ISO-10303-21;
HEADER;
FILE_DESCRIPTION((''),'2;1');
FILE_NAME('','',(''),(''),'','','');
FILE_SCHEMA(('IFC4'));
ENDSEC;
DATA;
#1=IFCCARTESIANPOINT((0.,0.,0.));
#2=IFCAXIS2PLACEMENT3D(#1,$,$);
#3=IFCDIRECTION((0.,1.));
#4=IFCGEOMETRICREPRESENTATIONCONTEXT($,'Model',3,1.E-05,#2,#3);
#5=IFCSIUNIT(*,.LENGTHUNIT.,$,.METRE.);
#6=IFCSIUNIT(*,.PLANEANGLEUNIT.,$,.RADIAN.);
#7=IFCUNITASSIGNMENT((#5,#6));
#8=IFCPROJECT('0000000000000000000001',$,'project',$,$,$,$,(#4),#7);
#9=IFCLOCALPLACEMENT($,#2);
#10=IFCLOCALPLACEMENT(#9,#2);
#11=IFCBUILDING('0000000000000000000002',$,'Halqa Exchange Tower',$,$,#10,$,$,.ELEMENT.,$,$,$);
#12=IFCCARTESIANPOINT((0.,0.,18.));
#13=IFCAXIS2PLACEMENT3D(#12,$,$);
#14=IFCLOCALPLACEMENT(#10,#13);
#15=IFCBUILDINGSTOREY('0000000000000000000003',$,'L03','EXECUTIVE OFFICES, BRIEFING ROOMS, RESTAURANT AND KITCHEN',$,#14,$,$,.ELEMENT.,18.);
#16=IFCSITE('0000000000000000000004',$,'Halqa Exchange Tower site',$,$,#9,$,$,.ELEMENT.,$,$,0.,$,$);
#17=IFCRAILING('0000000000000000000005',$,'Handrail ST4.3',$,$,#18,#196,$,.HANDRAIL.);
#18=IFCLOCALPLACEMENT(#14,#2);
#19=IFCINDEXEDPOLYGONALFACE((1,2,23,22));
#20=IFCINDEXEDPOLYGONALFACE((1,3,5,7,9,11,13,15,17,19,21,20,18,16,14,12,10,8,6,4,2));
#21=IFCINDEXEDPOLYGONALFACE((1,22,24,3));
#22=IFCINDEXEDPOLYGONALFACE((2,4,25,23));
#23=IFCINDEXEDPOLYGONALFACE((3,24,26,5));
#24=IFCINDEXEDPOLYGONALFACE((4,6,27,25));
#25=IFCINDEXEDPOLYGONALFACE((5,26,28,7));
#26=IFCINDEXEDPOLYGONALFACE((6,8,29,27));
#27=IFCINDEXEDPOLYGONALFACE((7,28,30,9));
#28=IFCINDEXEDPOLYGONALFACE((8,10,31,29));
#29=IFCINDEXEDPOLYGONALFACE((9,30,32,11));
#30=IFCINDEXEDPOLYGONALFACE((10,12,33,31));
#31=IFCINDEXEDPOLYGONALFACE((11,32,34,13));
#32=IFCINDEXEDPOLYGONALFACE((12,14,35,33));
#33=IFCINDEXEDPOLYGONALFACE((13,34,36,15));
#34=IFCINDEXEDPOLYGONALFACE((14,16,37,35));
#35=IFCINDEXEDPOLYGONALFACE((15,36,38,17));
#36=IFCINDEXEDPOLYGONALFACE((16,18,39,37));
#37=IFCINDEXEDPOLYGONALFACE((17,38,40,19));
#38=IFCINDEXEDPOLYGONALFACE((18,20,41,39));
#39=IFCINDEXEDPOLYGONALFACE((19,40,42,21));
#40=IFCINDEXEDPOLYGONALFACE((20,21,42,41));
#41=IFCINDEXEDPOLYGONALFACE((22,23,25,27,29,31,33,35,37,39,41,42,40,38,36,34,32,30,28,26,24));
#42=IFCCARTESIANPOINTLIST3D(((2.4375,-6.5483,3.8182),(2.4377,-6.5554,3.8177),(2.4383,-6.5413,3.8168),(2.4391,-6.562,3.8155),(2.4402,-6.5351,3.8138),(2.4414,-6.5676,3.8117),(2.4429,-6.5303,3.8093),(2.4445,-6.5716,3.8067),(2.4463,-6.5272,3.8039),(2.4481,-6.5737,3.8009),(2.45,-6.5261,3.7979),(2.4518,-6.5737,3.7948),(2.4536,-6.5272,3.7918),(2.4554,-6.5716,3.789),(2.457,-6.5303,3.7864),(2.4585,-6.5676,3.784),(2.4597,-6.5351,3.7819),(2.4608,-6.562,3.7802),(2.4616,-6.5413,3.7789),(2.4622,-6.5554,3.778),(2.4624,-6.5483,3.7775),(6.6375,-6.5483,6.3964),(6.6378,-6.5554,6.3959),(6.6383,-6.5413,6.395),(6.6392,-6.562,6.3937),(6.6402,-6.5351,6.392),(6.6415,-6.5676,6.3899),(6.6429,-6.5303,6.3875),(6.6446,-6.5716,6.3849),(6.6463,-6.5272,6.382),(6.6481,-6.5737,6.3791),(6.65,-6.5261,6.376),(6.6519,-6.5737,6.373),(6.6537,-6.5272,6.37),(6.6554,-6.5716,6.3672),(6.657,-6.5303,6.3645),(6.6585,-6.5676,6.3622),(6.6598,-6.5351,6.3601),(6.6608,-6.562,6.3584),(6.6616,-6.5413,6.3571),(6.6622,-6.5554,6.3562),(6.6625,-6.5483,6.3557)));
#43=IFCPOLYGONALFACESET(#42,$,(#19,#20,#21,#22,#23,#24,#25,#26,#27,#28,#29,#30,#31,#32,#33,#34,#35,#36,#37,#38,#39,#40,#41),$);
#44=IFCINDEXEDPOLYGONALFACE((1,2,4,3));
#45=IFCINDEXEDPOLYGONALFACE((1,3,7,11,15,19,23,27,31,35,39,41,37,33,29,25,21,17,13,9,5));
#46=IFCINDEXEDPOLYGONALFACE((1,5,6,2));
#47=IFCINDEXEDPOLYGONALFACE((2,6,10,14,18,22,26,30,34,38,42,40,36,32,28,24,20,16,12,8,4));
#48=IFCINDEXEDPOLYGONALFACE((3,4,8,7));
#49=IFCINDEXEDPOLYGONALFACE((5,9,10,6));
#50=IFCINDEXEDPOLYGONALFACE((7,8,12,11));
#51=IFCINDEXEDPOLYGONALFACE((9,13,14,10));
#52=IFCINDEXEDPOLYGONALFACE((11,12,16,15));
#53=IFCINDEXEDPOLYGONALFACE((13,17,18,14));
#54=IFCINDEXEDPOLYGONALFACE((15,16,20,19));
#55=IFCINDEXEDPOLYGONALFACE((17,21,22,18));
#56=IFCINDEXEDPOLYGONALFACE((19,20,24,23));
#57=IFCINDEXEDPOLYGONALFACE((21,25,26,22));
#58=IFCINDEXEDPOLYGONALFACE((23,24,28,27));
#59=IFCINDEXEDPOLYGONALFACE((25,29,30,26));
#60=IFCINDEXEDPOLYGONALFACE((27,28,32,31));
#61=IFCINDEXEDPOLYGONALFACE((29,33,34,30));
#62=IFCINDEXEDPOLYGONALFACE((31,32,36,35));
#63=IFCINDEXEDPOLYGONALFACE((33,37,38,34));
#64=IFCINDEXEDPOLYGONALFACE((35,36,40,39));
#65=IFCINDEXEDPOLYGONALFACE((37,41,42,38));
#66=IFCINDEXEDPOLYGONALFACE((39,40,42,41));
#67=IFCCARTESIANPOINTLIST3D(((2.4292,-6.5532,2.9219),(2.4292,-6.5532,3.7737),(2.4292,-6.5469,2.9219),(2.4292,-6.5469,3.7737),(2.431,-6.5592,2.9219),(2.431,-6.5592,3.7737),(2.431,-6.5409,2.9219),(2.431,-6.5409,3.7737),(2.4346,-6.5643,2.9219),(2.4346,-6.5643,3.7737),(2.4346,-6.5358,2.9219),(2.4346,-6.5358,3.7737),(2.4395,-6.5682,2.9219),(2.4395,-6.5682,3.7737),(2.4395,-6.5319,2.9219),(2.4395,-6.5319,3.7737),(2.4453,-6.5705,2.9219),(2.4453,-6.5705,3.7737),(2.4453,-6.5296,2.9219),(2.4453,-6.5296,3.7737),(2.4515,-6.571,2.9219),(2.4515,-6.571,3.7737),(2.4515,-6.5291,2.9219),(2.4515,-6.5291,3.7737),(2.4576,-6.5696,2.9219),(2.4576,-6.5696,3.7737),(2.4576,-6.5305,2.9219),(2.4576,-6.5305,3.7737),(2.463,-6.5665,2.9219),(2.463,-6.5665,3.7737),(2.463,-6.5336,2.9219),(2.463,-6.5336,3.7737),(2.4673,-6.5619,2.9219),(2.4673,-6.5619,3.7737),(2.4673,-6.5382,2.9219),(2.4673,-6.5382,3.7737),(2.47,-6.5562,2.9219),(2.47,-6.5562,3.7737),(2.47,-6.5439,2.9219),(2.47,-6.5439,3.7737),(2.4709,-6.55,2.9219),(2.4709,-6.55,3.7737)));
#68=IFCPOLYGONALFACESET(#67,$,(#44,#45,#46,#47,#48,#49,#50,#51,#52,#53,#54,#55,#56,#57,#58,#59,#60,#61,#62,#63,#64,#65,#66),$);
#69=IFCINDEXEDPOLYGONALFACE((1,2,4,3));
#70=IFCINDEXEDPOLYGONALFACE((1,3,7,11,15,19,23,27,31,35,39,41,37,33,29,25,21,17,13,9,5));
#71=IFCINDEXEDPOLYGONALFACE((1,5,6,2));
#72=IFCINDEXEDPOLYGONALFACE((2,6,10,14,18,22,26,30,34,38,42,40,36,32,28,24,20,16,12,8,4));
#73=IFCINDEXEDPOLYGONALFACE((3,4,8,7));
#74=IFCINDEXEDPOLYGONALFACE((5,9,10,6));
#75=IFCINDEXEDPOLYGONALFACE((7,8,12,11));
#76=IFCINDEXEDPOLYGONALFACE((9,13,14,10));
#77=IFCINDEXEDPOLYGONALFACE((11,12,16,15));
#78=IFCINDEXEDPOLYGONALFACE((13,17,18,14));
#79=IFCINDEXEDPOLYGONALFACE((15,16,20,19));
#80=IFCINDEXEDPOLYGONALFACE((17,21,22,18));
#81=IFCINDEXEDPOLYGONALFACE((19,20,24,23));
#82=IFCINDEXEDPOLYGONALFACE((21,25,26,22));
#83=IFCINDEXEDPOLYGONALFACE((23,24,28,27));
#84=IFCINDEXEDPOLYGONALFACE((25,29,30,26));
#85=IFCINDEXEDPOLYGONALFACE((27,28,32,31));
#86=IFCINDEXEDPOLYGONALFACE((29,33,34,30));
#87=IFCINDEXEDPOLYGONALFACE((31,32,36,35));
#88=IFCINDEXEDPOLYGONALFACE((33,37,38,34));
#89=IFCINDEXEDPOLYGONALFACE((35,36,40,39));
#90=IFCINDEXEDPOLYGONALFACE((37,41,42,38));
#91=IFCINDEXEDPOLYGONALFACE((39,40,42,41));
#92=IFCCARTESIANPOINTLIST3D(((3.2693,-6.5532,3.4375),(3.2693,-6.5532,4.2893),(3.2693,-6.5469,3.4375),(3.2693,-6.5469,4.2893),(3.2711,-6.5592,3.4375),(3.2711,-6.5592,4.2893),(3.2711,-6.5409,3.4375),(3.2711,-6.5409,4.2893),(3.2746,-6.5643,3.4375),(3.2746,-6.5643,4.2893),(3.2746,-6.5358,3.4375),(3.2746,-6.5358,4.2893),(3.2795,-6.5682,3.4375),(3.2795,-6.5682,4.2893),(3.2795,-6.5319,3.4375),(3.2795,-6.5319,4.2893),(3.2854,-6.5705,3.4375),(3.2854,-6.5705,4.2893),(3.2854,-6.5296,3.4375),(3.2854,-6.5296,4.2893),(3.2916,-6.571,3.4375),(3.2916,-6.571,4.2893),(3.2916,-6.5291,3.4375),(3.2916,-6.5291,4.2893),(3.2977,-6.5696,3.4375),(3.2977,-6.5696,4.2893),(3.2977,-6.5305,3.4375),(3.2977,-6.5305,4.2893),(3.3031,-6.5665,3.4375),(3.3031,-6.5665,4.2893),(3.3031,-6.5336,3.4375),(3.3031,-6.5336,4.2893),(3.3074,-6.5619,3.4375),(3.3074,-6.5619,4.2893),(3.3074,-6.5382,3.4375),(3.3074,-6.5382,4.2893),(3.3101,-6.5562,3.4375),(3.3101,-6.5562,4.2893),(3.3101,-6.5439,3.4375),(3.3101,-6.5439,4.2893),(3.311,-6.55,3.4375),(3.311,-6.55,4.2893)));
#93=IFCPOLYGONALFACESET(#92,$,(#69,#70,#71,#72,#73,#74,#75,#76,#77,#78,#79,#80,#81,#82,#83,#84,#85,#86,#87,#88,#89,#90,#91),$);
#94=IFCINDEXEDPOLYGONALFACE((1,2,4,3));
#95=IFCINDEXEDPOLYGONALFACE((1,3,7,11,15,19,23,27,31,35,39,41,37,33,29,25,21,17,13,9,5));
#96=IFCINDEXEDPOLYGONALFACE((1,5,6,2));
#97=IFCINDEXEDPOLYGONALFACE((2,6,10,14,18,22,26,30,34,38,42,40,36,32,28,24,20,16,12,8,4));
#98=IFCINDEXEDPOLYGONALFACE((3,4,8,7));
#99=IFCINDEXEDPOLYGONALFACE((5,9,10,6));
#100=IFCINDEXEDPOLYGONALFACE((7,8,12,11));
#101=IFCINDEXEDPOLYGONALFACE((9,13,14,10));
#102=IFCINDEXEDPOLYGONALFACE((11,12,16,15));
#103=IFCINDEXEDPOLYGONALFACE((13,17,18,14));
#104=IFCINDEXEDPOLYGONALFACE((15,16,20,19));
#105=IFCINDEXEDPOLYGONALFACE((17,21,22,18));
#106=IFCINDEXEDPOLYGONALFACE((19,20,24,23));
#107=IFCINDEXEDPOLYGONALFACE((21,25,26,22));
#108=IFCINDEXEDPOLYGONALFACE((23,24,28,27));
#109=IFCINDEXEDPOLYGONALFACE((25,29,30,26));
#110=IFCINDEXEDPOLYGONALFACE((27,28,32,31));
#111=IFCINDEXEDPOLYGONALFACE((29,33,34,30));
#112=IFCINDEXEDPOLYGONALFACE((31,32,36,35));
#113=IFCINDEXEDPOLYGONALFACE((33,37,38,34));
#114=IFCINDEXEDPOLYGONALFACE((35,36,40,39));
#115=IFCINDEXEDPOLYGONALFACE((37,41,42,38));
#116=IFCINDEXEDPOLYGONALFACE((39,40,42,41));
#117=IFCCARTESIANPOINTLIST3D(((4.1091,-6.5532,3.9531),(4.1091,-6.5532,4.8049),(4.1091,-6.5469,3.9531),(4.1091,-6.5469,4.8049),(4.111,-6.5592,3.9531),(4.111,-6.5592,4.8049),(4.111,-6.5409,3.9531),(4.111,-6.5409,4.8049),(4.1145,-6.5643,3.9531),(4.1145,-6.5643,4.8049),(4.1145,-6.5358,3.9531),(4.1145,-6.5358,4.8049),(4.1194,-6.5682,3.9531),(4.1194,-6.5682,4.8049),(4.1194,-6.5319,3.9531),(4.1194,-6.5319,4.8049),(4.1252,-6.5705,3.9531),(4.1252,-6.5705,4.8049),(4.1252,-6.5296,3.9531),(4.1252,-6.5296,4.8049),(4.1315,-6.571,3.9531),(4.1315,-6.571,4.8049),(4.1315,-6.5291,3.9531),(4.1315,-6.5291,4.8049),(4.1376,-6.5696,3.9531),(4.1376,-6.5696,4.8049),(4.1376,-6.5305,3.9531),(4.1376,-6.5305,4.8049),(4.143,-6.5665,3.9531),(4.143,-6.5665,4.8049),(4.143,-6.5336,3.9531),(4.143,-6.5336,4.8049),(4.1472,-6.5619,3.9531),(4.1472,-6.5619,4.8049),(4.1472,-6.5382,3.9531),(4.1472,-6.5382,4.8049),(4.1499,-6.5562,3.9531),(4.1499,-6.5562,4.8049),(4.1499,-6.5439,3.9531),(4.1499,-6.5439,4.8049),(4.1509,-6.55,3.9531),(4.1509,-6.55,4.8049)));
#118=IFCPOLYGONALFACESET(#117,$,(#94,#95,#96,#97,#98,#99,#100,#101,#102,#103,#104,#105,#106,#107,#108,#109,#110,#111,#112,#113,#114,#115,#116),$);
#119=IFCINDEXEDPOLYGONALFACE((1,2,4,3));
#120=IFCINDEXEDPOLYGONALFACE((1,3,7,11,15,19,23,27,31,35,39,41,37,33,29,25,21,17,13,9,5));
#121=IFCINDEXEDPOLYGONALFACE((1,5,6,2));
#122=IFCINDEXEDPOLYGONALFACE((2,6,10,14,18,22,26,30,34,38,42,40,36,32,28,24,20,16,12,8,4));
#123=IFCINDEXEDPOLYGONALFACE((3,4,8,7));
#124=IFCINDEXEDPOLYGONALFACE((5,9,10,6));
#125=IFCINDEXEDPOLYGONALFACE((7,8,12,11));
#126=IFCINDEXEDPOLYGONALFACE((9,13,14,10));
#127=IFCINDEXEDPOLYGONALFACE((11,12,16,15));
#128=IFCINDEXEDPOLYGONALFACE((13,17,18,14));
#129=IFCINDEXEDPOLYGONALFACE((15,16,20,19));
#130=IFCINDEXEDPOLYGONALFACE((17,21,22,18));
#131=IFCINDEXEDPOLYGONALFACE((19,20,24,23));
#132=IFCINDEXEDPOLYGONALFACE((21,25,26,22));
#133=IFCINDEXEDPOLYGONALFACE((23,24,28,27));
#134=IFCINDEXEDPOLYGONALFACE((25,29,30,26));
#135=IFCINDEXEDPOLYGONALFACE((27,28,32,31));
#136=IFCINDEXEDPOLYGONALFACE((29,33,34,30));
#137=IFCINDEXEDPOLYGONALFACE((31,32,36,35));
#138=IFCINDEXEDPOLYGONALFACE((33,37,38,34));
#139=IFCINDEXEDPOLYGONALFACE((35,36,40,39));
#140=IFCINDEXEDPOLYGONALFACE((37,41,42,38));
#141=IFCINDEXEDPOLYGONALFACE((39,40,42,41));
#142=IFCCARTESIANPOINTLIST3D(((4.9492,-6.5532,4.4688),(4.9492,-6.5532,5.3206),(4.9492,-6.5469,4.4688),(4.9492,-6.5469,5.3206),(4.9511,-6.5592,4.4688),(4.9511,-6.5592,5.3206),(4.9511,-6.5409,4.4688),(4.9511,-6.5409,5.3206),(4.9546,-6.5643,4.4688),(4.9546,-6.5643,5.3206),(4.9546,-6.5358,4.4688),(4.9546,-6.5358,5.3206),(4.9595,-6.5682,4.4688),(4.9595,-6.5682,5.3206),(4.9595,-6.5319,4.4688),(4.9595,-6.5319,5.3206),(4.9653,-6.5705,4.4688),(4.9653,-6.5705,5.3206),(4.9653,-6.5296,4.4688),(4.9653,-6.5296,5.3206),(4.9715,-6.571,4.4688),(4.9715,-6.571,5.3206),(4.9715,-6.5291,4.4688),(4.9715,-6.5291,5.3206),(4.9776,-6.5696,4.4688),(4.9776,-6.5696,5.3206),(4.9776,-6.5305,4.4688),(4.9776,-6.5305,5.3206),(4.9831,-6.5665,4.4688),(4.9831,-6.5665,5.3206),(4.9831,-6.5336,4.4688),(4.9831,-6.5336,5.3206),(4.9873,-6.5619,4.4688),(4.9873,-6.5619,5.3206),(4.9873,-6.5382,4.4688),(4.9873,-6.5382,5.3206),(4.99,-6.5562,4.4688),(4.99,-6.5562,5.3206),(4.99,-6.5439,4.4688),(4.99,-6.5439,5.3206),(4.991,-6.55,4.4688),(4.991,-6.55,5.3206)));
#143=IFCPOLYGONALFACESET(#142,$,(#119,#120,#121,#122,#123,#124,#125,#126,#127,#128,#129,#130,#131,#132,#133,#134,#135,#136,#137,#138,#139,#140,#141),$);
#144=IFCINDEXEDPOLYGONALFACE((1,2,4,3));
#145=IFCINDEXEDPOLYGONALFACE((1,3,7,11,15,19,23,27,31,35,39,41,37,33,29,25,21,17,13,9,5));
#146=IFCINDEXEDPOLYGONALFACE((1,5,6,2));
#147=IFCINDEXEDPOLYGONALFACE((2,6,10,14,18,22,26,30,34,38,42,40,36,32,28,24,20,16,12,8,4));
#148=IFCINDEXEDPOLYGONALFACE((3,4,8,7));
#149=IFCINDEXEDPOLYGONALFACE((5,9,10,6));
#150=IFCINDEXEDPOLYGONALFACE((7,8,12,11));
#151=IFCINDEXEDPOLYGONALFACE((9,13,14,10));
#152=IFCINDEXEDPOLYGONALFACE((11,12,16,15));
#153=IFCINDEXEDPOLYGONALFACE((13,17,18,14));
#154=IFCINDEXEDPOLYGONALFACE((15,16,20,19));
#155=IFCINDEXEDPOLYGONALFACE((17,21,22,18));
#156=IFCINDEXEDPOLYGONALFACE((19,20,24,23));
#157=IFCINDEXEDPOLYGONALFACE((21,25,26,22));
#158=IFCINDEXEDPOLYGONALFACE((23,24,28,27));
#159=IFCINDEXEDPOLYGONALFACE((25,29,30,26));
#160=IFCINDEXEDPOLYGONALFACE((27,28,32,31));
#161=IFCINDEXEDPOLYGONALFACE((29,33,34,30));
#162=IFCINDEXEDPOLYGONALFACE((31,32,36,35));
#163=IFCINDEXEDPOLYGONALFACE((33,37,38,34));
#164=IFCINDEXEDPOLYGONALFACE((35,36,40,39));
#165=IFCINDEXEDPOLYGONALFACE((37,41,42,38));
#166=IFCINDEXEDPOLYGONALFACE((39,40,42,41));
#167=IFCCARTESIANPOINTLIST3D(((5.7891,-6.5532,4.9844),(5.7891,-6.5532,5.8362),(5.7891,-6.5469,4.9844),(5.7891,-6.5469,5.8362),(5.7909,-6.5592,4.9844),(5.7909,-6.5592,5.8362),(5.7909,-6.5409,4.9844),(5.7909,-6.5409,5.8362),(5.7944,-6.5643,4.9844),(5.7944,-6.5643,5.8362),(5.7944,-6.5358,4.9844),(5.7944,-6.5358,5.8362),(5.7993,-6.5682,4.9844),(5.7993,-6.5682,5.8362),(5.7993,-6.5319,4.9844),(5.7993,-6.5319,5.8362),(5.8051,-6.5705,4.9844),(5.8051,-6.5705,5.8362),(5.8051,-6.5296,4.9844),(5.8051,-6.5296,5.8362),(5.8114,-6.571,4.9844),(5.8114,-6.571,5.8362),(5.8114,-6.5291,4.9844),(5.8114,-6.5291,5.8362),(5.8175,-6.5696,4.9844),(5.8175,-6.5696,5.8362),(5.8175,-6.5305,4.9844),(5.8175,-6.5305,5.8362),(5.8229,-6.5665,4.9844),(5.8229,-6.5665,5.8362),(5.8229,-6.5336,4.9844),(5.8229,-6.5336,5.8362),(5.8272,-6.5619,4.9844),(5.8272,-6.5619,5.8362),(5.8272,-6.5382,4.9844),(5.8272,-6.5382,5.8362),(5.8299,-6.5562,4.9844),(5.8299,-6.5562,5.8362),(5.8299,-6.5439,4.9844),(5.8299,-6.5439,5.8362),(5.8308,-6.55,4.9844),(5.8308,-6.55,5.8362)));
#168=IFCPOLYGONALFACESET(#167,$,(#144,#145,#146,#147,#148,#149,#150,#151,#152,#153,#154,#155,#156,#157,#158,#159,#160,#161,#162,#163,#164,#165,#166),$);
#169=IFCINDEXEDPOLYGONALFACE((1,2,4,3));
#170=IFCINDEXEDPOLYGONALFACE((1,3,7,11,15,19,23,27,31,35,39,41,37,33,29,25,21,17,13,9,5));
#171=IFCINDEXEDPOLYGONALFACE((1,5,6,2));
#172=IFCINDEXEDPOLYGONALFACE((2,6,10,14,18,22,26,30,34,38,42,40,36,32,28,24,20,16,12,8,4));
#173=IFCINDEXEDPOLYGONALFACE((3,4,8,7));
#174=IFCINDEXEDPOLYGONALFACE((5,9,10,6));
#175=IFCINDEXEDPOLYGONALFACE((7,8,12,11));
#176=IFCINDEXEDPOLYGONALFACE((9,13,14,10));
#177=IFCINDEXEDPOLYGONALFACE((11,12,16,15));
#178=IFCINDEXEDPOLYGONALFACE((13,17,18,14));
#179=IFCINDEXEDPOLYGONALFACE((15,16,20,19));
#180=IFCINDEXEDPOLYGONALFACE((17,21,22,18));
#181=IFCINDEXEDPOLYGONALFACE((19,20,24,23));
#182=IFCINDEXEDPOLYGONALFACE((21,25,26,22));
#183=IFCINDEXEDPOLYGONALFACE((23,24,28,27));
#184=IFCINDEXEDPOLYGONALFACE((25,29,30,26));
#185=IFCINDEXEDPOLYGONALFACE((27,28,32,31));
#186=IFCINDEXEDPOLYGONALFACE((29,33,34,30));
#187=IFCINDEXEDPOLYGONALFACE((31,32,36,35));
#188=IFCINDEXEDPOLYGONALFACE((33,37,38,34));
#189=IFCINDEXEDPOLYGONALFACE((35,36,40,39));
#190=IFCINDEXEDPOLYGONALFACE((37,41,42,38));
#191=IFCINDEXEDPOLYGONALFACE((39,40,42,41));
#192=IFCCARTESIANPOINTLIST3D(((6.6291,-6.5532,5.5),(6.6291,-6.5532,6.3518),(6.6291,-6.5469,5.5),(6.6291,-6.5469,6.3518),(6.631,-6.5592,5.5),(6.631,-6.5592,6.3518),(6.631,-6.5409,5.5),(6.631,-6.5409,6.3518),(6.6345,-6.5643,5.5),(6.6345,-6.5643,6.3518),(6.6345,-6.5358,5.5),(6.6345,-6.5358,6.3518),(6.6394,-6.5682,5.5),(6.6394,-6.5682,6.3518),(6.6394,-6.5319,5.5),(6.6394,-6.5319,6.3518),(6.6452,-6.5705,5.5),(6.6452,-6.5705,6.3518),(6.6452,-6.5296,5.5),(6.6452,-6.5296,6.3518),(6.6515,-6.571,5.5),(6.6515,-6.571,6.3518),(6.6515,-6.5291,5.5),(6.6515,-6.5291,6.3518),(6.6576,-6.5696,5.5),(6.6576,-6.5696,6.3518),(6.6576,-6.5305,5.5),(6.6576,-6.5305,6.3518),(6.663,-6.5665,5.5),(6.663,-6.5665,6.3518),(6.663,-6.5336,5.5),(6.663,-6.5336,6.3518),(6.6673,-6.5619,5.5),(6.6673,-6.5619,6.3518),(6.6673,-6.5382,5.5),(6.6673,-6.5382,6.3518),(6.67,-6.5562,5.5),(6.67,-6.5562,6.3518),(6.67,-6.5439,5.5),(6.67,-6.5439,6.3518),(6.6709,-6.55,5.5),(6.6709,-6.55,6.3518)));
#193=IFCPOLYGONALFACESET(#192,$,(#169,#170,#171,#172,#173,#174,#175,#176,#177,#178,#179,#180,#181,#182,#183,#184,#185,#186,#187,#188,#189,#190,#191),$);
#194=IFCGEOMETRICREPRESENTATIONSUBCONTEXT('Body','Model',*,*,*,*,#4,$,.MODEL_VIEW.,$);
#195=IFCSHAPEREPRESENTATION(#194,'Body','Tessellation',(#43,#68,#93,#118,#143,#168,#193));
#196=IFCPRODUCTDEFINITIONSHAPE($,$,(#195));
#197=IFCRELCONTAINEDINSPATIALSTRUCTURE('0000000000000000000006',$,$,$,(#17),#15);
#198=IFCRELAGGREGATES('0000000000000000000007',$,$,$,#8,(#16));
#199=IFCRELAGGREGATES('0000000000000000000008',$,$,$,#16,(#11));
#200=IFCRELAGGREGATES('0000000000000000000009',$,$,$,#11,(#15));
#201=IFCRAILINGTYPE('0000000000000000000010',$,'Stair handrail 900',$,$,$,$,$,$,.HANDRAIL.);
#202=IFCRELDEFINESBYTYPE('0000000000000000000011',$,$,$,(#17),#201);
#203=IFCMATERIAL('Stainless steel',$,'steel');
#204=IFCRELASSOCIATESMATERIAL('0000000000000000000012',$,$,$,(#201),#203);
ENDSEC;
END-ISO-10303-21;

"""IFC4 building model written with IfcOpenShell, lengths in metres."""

from ifc_helpers import new_model, si_unit, direction, frame, origin, origin_2d, place, context, subcontext, project, spatial, circle, extrude, material, type_object, element, save


model = new_model("IFC4")

# Units and contexts
model_context = context("Model", 3, precision=1e-05, world=origin(), true_north=direction((0.0, 1.0)))
body_context = subcontext(model_context, "Body", "Model", "MODEL_VIEW")
ifc_project = project(units=[si_unit("LENGTHUNIT", "METRE"), si_unit("PLANEANGLEUNIT", "RADIAN")], contexts=[model_context])

# Site, building, storey
site_placement = place(None, origin())
site = spatial("IfcSite", under=ifc_project, at=site_placement, Name="Halqa Exchange Tower site", CompositionType="ELEMENT", RefElevation=0.0)
building_placement = place(site_placement, origin())
building = spatial("IfcBuilding", under=site, at=building_placement, Name="Halqa Exchange Tower", CompositionType="ELEMENT")
storey_placement = place(building_placement, frame((0.0, 0.0, 18.0)))
storey = spatial("IfcBuildingStorey", under=building, at=storey_placement, Name="L03", Description="EXECUTIVE OFFICES, BRIEFING ROOMS, RESTAURANT AND KITCHEN", CompositionType="ELEMENT", Elevation=18.0)

# Railing
ifc_material_1 = material(Name="Stainless steel", Category="steel")
railing_type_1 = type_object("IfcRailingType", Name="Stair handrail 900", PredefinedType="HANDRAIL", material=ifc_material_1)
railing_1_placement = place(storey_placement, frame((2.45, -6.55, 2.9219)))
element("IfcRailing", 1, at=railing_1_placement, inside=storey, type_object=railing_type_1, Name="Handrail ST4.3", PredefinedType="HANDRAIL", context=body_context, shape_type="SweptSolid", body=[
    extrude(circle(Radius=0.0239, at=origin_2d()), frame((0.0, 0.0, 0.876), z_axis=(0.852243, 0.0, 0.523146), x_axis=(0.0, 1.0, 0.0)), (0.0, 0.0, 1.0), 4.9282),
    extrude(circle(Radius=0.021, at=origin_2d()), origin(), (0.0, 0.0, 1.0), 0.8518),
    extrude(circle(Radius=0.021, at=origin_2d()), frame((0.8401, 0.0, 0.5156)), (0.0, 0.0, 1.0), 0.8518),
    extrude(circle(Radius=0.021, at=origin_2d()), frame((1.6799, 0.0, 1.0312)), (0.0, 0.0, 1.0), 0.8518),
    extrude(circle(Radius=0.021, at=origin_2d()), frame((2.52, 0.0, 1.5469)), (0.0, 0.0, 1.0), 0.8518),
    extrude(circle(Radius=0.021, at=origin_2d()), frame((3.3599, 0.0, 2.0625)), (0.0, 0.0, 1.0), 0.8518),
    extrude(circle(Radius=0.021, at=origin_2d()), frame((4.2, 0.0, 2.5781)), (0.0, 0.0, 1.0), 0.8518),
])

save(model, "model.ifc")
